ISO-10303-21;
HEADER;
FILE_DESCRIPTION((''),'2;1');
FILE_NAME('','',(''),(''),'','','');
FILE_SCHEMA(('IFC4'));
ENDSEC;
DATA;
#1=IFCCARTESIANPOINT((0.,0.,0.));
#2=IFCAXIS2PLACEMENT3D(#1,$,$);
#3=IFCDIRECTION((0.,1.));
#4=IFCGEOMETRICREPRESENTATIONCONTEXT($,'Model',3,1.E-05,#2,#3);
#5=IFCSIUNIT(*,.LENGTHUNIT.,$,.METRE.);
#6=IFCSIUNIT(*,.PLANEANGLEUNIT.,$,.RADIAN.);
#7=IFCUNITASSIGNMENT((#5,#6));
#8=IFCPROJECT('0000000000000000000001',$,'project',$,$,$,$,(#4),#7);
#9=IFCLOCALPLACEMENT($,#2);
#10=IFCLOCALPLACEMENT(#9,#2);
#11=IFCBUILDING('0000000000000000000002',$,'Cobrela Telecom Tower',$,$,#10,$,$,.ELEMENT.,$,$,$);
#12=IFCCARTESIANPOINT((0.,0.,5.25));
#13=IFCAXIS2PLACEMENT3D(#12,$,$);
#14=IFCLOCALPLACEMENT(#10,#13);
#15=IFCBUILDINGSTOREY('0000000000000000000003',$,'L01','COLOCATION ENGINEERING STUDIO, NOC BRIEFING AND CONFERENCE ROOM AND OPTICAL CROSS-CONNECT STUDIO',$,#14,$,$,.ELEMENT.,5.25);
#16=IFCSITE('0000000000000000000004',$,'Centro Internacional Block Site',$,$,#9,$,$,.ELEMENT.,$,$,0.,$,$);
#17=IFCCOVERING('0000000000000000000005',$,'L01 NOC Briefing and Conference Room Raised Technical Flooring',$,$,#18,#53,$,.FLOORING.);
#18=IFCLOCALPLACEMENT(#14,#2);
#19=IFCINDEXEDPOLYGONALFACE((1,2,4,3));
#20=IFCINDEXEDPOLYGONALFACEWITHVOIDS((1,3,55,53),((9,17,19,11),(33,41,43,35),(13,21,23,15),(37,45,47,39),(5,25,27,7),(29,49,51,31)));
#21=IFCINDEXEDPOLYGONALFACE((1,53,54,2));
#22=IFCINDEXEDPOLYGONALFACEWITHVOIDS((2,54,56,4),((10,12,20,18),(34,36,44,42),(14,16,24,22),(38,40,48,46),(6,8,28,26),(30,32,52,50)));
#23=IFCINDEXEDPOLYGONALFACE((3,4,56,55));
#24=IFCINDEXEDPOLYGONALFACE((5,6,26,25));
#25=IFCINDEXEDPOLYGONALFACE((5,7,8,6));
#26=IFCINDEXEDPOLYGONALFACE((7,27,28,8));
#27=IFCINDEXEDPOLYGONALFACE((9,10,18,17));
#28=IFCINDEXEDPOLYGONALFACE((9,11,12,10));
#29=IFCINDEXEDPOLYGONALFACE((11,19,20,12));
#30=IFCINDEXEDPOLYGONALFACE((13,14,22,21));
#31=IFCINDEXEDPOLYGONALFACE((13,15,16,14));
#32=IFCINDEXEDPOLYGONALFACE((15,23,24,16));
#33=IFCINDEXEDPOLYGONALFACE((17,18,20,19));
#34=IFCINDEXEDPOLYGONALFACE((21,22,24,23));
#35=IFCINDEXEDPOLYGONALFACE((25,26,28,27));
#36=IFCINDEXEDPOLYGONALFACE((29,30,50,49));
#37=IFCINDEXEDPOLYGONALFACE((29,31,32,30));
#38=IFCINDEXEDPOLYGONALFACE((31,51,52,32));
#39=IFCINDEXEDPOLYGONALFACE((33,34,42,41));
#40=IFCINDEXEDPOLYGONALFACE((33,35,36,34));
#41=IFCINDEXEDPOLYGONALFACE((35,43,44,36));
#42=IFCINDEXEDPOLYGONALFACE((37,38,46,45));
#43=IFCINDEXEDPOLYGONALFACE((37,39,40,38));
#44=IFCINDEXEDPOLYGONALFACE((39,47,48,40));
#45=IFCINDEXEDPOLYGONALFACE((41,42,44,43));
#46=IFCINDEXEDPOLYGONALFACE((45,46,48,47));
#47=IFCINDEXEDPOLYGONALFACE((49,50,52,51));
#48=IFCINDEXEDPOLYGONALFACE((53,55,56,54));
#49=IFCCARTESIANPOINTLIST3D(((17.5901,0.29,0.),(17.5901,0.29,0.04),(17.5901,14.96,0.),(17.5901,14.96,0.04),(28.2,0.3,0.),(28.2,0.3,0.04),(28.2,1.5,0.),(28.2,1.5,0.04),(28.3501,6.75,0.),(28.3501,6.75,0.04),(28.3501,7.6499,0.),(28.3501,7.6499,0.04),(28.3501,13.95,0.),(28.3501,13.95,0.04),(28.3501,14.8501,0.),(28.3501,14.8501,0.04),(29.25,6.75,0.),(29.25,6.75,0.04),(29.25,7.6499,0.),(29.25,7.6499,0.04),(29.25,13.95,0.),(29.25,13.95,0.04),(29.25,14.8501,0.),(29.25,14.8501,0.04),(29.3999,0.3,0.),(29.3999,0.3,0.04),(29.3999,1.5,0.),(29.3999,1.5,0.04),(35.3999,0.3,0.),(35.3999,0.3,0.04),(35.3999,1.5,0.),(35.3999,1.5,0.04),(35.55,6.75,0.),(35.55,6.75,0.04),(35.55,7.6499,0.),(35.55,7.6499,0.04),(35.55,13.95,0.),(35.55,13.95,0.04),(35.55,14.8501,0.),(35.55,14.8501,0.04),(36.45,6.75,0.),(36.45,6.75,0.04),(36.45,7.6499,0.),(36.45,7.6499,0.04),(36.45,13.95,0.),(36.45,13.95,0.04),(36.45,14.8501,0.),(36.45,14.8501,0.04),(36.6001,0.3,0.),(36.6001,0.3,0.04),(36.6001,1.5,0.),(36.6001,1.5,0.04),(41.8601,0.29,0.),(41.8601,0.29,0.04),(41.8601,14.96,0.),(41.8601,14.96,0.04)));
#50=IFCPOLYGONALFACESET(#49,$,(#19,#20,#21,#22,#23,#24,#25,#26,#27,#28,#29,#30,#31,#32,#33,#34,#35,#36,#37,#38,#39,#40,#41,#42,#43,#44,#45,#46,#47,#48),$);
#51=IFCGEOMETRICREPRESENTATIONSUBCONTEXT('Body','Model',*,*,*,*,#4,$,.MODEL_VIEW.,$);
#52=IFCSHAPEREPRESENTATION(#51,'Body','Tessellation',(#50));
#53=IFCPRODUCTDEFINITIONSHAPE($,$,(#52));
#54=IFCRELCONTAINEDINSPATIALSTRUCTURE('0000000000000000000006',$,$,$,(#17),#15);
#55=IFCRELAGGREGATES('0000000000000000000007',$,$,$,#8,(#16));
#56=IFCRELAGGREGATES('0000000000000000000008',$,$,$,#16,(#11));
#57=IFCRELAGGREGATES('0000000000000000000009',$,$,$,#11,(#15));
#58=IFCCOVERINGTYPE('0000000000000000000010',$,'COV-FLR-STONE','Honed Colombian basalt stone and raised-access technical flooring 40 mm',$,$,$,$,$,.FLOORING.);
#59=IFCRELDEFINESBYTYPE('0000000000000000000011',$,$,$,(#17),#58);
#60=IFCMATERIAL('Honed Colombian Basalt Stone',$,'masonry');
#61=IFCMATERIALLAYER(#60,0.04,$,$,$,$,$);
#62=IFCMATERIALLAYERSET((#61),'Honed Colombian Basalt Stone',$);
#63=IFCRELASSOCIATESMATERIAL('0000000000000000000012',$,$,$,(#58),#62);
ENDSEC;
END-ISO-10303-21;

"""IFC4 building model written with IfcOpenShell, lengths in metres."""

from ifc_helpers import new_model, si_unit, direction, frame, origin, place, context, subcontext, project, spatial, polyline, outline, extrude, material, layer, layer_set, type_object, element, save


model = new_model("IFC4")

# Units and contexts
model_context = context("Model", 3, precision=1e-05, world=origin(), true_north=direction((0.0, 1.0)))
body_context = subcontext(model_context, "Body", "Model", "MODEL_VIEW")
ifc_project = project(units=[si_unit("LENGTHUNIT", "METRE"), si_unit("PLANEANGLEUNIT", "RADIAN")], contexts=[model_context])

# Site, building, storey
site_placement = place(None, origin())
site = spatial("IfcSite", under=ifc_project, at=site_placement, Name="Centro Internacional Block Site", CompositionType="ELEMENT", RefElevation=0.0)
building_placement = place(site_placement, origin())
building = spatial("IfcBuilding", under=site, at=building_placement, Name="Cobrela Telecom Tower", CompositionType="ELEMENT")
storey_placement = place(building_placement, frame((0.0, 0.0, 5.25)))
storey = spatial("IfcBuildingStorey", under=building, at=storey_placement, Name="L01", Description="COLOCATION ENGINEERING STUDIO, NOC BRIEFING AND CONFERENCE ROOM AND OPTICAL CROSS-CONNECT STUDIO", CompositionType="ELEMENT", Elevation=5.25)

# Covering
ifc_material_1 = material(Name="Honed Colombian Basalt Stone", Category="masonry")
ifc_layer_1 = layer(ifc_material_1, 0.04)
ifc_layer_set_1 = layer_set([ifc_layer_1], Name="Honed Colombian Basalt Stone")
covering_type_1 = type_object("IfcCoveringType", Name="COV-FLR-STONE", Description="Honed Colombian basalt stone and raised-access technical flooring 40 mm", PredefinedType="FLOORING", material=ifc_layer_set_1)
covering_1_placement = place(storey_placement, origin())
element("IfcCovering", 1, at=covering_1_placement, inside=storey, type_object=covering_type_1, Name="L01 NOC Briefing and Conference Room Raised Technical Flooring", PredefinedType="FLOORING", context=body_context, shape_type="SweptSolid", body=[
    extrude(outline(polyline([(41.8601, 0.29), (17.5901, 0.29), (17.5901, 14.96), (41.8601, 14.96), (41.8601, 0.29)]), holes=[polyline([(35.3999, 0.3), (36.6001, 0.3), (36.6001, 1.5), (35.3999, 1.5), (35.3999, 0.3)]), polyline([(29.3999, 0.3), (29.3999, 1.5), (28.2, 1.5), (28.2, 0.3), (29.3999, 0.3)]), polyline([(35.55, 6.75), (36.45, 6.75), (36.45, 7.6499), (35.55, 7.6499), (35.55, 6.75)]), polyline([(28.3501, 6.75), (29.25, 6.75), (29.25, 7.6499), (28.3501, 7.6499), (28.3501, 6.75)]), polyline([(29.25, 13.95), (29.25, 14.8501), (28.3501, 14.8501), (28.3501, 13.95), (29.25, 13.95)]), polyline([(35.55, 13.95), (36.45, 13.95), (36.45, 14.8501), (35.55, 14.8501), (35.55, 13.95)])]), origin(), (0.0, 0.0, 1.0), 0.04),
])

save(model, "model.ifc")
